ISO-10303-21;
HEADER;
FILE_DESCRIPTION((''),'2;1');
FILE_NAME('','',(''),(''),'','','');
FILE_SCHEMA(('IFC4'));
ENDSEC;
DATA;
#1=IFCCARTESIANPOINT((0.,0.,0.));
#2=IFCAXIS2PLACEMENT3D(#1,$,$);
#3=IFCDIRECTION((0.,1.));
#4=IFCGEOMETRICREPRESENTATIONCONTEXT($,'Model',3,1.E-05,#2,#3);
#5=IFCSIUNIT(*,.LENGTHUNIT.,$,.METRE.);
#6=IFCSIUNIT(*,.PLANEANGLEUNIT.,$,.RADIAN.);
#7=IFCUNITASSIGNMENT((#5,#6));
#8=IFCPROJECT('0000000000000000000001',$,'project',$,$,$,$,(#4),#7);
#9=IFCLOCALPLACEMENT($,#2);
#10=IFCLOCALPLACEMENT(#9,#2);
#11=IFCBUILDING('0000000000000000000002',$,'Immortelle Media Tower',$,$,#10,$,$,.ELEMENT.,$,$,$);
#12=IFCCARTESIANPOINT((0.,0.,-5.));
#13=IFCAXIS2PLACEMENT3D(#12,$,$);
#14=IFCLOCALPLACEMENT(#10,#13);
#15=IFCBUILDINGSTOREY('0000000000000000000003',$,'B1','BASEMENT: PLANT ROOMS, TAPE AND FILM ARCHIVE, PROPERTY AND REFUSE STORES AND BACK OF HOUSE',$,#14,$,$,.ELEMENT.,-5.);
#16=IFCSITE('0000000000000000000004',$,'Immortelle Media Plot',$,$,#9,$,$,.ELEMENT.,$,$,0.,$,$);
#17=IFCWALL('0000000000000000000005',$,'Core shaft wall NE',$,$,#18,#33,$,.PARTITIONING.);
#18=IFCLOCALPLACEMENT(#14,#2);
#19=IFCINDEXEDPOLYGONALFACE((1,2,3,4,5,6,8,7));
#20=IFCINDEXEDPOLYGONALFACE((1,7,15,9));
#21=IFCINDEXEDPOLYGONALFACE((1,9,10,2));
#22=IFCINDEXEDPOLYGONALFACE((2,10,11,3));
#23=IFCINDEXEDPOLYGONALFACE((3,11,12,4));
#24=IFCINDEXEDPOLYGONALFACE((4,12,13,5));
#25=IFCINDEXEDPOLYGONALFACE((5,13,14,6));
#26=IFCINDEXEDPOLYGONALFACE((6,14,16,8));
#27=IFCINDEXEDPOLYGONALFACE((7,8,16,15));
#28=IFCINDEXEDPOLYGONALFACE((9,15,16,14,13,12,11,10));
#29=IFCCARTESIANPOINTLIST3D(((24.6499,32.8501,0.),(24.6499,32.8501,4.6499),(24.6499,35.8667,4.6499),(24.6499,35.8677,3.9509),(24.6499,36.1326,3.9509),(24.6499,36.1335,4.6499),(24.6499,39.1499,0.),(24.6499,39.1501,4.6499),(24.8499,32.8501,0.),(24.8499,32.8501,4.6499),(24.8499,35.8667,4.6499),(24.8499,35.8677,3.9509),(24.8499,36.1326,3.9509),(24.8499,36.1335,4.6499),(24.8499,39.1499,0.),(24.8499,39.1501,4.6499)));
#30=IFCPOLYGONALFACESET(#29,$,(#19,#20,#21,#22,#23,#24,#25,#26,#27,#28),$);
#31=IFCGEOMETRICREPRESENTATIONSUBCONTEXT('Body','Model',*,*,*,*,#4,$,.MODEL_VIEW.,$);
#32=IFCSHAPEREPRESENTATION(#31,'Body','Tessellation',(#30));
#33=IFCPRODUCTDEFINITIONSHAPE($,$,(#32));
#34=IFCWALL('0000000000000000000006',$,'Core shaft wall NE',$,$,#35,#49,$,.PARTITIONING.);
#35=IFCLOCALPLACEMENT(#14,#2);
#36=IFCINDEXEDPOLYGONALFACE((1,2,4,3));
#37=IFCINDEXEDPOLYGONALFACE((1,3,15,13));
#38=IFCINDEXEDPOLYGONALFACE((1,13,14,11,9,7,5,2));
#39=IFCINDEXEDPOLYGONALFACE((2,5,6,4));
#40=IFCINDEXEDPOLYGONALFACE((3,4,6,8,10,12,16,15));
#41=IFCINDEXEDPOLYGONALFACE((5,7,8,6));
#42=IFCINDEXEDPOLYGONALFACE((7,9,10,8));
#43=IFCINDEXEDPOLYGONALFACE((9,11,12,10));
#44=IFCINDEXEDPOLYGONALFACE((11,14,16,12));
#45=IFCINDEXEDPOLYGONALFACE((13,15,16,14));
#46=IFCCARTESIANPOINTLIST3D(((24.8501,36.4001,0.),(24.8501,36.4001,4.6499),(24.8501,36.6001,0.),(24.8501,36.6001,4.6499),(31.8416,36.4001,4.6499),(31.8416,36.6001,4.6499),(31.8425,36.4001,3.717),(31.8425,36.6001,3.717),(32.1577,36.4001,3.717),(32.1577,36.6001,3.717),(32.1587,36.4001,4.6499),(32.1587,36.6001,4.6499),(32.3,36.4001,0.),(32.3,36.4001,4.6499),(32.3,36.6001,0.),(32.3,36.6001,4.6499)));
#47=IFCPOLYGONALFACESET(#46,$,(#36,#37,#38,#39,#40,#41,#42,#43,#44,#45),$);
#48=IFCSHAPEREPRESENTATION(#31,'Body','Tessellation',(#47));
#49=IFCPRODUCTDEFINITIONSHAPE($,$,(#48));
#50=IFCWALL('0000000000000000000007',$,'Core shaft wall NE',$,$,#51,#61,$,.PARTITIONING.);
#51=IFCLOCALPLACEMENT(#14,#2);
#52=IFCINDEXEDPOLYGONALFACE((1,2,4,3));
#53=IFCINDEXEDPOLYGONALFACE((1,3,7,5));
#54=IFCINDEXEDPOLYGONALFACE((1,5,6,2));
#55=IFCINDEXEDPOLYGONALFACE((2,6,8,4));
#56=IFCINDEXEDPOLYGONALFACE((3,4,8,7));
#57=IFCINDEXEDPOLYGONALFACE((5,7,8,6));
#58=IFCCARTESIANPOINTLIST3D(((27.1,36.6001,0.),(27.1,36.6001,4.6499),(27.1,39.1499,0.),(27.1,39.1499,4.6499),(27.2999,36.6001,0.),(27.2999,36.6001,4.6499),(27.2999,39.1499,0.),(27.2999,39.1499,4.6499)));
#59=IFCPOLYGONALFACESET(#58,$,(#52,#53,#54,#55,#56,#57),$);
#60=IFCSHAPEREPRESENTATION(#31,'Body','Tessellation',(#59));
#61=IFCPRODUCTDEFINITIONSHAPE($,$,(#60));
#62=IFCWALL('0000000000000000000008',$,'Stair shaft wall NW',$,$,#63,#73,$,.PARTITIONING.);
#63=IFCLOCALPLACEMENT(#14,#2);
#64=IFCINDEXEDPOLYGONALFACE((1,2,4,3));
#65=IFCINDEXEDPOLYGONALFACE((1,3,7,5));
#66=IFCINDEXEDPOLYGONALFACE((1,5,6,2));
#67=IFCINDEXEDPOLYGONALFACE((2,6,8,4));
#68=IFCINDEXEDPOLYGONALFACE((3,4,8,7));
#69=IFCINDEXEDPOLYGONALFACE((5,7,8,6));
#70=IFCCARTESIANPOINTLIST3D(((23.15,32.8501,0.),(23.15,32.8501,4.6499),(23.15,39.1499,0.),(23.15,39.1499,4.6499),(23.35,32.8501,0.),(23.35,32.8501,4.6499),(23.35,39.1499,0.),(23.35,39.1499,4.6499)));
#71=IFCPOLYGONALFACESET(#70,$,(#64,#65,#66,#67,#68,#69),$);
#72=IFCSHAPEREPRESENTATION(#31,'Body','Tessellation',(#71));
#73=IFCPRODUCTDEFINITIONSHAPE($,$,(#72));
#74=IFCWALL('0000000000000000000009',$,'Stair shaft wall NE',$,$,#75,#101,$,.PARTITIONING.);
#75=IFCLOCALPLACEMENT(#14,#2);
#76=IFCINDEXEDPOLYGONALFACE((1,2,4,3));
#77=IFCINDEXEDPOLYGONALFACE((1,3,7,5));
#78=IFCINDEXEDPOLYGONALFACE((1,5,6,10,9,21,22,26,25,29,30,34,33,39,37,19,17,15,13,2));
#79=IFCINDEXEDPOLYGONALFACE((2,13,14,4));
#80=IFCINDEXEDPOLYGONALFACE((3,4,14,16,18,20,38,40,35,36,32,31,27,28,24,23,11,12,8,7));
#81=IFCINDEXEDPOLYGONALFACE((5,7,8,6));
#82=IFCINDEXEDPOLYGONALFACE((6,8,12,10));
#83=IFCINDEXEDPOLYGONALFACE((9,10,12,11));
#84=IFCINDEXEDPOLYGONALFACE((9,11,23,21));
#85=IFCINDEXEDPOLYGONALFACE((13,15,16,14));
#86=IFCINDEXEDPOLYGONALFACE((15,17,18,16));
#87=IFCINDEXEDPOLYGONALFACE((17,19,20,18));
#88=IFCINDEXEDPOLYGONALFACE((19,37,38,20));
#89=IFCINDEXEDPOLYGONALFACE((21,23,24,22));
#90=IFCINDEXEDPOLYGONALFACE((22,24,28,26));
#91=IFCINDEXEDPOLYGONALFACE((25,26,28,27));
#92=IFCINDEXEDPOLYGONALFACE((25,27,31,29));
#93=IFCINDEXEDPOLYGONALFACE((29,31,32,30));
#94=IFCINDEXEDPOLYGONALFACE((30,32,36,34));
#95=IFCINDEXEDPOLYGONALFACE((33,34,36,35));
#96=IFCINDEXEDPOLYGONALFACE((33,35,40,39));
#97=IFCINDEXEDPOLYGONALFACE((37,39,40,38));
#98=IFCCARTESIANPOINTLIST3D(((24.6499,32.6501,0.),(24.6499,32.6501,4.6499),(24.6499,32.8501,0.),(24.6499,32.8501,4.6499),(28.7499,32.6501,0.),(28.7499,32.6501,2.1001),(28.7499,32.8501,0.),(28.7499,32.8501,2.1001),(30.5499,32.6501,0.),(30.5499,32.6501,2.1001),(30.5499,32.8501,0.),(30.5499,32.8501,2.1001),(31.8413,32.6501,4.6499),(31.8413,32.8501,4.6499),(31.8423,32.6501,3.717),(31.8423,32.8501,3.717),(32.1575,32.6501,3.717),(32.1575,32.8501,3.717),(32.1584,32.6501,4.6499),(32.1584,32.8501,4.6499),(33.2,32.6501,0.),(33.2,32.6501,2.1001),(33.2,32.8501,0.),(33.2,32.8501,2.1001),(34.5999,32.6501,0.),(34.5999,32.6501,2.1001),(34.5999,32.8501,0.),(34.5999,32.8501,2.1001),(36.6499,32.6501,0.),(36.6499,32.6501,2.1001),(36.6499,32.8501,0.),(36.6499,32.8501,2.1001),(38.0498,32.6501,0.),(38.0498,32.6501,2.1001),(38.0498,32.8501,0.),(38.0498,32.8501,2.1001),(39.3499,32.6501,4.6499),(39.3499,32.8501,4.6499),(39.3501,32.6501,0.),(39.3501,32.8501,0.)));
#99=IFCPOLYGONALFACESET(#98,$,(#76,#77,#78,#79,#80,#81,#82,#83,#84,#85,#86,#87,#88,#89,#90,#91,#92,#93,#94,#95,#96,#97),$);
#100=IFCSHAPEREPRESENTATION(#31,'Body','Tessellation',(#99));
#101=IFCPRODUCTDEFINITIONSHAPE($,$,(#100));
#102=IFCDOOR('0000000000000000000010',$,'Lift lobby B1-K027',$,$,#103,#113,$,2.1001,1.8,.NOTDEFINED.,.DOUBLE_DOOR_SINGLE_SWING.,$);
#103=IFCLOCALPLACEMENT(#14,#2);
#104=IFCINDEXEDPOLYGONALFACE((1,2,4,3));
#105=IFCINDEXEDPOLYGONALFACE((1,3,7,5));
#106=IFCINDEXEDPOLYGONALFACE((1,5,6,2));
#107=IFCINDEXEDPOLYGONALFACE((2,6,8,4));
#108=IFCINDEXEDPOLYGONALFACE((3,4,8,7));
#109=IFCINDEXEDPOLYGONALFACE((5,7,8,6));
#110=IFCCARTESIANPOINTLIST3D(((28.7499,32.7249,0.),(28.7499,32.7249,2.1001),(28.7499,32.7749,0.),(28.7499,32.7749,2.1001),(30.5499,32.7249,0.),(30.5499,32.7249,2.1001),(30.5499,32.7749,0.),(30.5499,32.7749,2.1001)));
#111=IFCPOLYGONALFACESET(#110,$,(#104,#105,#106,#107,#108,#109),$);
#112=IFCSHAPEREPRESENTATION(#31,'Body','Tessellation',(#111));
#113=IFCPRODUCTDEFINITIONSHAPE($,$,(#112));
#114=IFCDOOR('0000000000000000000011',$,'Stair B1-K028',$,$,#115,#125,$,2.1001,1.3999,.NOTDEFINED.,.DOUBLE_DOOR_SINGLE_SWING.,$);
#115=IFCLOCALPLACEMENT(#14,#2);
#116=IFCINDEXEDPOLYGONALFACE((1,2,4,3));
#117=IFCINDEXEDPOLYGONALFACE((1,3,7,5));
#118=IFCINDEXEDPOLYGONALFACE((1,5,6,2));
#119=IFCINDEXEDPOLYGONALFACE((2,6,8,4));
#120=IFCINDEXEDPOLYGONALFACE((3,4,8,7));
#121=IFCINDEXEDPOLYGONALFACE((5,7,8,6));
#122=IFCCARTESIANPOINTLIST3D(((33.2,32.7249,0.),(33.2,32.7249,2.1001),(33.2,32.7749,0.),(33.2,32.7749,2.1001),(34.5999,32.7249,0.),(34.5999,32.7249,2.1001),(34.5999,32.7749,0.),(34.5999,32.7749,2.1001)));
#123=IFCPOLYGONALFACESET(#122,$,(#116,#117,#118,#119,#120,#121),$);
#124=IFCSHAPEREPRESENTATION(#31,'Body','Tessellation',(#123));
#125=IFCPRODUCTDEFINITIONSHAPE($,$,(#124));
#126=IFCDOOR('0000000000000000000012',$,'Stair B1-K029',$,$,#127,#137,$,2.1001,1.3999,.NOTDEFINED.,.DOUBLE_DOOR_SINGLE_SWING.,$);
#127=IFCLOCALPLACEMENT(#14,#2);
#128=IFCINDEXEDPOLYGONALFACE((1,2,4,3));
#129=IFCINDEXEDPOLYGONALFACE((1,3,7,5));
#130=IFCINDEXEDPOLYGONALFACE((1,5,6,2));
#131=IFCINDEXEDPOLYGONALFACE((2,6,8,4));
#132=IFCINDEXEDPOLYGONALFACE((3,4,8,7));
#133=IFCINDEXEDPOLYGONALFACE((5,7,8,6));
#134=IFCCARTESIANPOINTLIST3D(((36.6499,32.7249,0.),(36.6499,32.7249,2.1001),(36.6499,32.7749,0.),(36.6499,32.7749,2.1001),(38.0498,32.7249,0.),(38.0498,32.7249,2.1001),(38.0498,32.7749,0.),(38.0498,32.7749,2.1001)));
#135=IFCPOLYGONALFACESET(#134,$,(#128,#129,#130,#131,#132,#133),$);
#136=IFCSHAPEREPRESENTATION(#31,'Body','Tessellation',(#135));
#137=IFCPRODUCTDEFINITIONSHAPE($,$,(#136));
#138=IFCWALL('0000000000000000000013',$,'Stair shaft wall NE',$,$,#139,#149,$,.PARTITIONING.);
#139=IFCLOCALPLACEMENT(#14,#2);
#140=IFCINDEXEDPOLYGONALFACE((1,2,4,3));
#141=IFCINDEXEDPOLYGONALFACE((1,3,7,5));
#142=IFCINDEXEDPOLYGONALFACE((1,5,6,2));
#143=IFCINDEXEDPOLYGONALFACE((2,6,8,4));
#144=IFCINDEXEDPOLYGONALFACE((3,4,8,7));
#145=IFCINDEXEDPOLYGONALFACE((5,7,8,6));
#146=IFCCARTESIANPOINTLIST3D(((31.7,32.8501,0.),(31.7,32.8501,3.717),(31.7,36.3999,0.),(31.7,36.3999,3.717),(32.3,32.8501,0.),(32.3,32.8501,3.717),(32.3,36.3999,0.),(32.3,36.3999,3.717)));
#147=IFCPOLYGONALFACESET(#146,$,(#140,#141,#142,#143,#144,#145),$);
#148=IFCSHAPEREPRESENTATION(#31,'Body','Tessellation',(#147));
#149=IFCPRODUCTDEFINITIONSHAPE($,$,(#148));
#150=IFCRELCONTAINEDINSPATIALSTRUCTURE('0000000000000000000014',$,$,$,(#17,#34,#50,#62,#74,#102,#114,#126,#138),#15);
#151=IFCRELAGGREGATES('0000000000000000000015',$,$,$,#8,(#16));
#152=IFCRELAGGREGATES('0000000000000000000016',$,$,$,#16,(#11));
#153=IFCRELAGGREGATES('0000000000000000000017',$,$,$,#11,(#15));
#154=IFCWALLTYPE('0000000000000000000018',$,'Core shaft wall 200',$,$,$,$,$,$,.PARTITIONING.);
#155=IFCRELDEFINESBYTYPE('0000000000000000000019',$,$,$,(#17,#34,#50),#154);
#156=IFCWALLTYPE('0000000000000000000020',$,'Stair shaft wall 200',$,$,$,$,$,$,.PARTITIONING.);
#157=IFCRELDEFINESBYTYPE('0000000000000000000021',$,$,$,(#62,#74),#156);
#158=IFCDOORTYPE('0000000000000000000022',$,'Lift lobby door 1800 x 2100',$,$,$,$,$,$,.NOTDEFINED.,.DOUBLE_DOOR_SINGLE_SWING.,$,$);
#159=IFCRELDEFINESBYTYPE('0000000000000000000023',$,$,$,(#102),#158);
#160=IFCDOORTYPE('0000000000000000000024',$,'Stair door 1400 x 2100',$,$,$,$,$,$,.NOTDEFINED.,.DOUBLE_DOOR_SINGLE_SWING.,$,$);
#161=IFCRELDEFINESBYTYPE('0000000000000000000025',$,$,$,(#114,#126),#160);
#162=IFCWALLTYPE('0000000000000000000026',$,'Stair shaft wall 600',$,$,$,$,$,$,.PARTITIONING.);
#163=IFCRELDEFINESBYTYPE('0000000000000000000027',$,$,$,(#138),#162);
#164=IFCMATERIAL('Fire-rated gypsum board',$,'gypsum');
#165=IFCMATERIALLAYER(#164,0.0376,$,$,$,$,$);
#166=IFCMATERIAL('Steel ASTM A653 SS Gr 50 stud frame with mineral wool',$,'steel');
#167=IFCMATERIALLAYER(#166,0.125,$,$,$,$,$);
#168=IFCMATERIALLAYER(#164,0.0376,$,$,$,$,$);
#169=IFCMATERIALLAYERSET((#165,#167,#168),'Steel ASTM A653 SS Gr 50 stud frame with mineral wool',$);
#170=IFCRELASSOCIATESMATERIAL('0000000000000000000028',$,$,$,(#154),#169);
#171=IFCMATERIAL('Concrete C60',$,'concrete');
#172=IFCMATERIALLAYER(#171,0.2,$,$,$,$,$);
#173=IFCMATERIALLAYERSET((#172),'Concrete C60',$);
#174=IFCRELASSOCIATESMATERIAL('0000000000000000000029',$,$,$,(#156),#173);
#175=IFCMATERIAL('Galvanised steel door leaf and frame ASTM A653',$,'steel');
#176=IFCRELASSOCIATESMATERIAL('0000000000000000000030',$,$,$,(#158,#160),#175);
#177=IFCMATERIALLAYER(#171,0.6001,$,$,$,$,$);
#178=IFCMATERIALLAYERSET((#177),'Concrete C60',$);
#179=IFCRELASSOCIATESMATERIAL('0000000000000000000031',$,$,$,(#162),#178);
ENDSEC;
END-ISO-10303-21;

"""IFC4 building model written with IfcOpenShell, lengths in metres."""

from ifc_helpers import new_model, si_unit, direction, frame, frame_2d, origin, place, context, subcontext, project, spatial, polyline, rectangle, outline, extrude, material, layer, layer_set, type_object, element, fill, save


model = new_model("IFC4")

# Units and contexts
model_context = context("Model", 3, precision=1e-05, world=origin(), true_north=direction((0.0, 1.0)))
body_context = subcontext(model_context, "Body", "Model", "MODEL_VIEW")
ifc_project = project(units=[si_unit("LENGTHUNIT", "METRE"), si_unit("PLANEANGLEUNIT", "RADIAN")], contexts=[model_context])

# Site, building, storey
site_placement = place(None, origin())
site = spatial("IfcSite", under=ifc_project, at=site_placement, Name="Immortelle Media Plot", CompositionType="ELEMENT", RefElevation=0.0)
building_placement = place(site_placement, origin())
building = spatial("IfcBuilding", under=site, at=building_placement, Name="Immortelle Media Tower", CompositionType="ELEMENT")
storey_placement = place(building_placement, frame((0.0, 0.0, -5.0)))
storey = spatial("IfcBuildingStorey", under=building, at=storey_placement, Name="B1", Description="BASEMENT: PLANT ROOMS, TAPE AND FILM ARCHIVE, PROPERTY AND REFUSE STORES AND BACK OF HOUSE", CompositionType="ELEMENT", Elevation=-5.0)

# Shared definitions
ifc_material_1 = material(Name="Concrete C60", Category="concrete")

# Shared definitions
ifc_material_2 = material(Name="Fire-rated gypsum board", Category="gypsum")
ifc_material_3 = material(Name="Steel ASTM A653 SS Gr 50 stud frame with mineral wool", Category="steel")

# Shared definitions
ifc_material_4 = material(Name="Galvanised steel door leaf and frame ASTM A653", Category="steel")

# Walls
ifc_layer_1 = layer(ifc_material_2, 0.0376)
ifc_layer_2 = layer(ifc_material_3, 0.125)
ifc_layer_3 = layer(ifc_material_2, 0.0376)
ifc_layer_set_1 = layer_set([ifc_layer_1, ifc_layer_2, ifc_layer_3], Name="Steel ASTM A653 SS Gr 50 stud frame with mineral wool")
wall_type_1 = type_object("IfcWallType", Name="Core shaft wall 200", PredefinedType="PARTITIONING", material=ifc_layer_set_1)
wall_1_placement = place(storey_placement, frame((24.75, 32.8501, 0.0), z_axis=(0.0, 0.0, 1.0), x_axis=(0.0, 1.0, 0.0)))
element("IfcWall", 1, at=wall_1_placement, inside=storey, type_object=wall_type_1, Name="Core shaft wall NE", PredefinedType="PARTITIONING", context=body_context, shape_type="SweptSolid", body=[
    extrude(outline(polyline([(0.0, 0.0), (6.2998, 0.0), (6.3, 4.6499), (3.2834, 4.6499), (3.2825, 3.9509), (3.0176, 3.9509), (3.0166, 4.6499), (0.0, 4.6499), (0.0, 0.0)])), frame((0.0, 0.1001, 0.0), z_axis=(0.0, -1.0, 0.0), x_axis=(1.0, 0.0, 0.0)), (0.0, 0.0, 1.0), 0.2),
])
wall_2_placement = place(storey_placement, frame((24.8501, 36.5, 0.0), z_axis=(0.0, 0.0, 1.0), x_axis=(1.0, 0.0, 0.0)))
element("IfcWall", 2, at=wall_2_placement, inside=storey, type_object=wall_type_1, Name="Core shaft wall NE", PredefinedType="PARTITIONING", context=body_context, shape_type="SweptSolid", body=[
    extrude(outline(polyline([(0.0, 0.0), (7.45, 0.0), (7.45, 4.6499), (7.3086, 4.6499), (7.3076, 3.717), (6.9924, 3.717), (6.9915, 4.6499), (0.0, 4.6499), (0.0, 0.0)])), frame((0.0, 0.1001, 0.0), z_axis=(0.0, -1.0, 0.0), x_axis=(1.0, 0.0, 0.0)), (0.0, 0.0, 1.0), 0.2),
])
wall_3_placement = place(storey_placement, frame((27.2, 36.6001, 0.0), z_axis=(0.0, 0.0, 1.0), x_axis=(0.0, 1.0, 0.0)))
element("IfcWall", 3, at=wall_3_placement, inside=storey, type_object=wall_type_1, Name="Core shaft wall NE", PredefinedType="PARTITIONING", context=body_context, shape_type="SweptSolid", body=[
    extrude(rectangle(XDim=2.5498, YDim=0.2, at=frame_2d((1.2749, 0.0))), origin(), (0.0, 0.0, 1.0), 4.6499),
])
ifc_layer_4 = layer(ifc_material_1, 0.2)
ifc_layer_set_2 = layer_set([ifc_layer_4], Name="Concrete C60")
wall_type_2 = type_object("IfcWallType", Name="Stair shaft wall 200", PredefinedType="PARTITIONING", material=ifc_layer_set_2)
wall_4_placement = place(storey_placement, frame((23.25, 32.8501, 0.0), z_axis=(0.0, 0.0, 1.0), x_axis=(0.0, 1.0, 0.0)))
element("IfcWall", 4, at=wall_4_placement, inside=storey, type_object=wall_type_2, Name="Stair shaft wall NW", PredefinedType="PARTITIONING", context=body_context, shape_type="SweptSolid", body=[
    extrude(rectangle(XDim=6.2998, YDim=0.2, at=frame_2d((3.1499, 0.0))), origin(), (0.0, 0.0, 1.0), 4.6499),
])

# Wall, openings, doors
wall_5_placement = place(storey_placement, frame((24.6499, 32.75, 0.0), z_axis=(0.0, 0.0, 1.0), x_axis=(1.0, 0.0, 0.0)))
wall_5 = element("IfcWall", 5, at=wall_5_placement, inside=storey, type_object=wall_type_2, Name="Stair shaft wall NE", PredefinedType="PARTITIONING", context=body_context, shape_type="SweptSolid", body=[
    extrude(outline(polyline([(0.0, 0.0), (14.7002, 0.0), (14.7, 4.6499), (7.5085, 4.6499), (7.5076, 3.717), (7.1924, 3.717), (7.1914, 4.6499), (0.0, 4.6499), (0.0, 0.0)])), frame((0.0, 0.1001, 0.0), z_axis=(0.0, -1.0, 0.0), x_axis=(1.0, 0.0, 0.0)), (0.0, 0.0, 1.0), 0.2),
])
opening_1_placement = place(wall_5_placement, frame((4.1001, 0.0, 0.0)))
opening_1 = element("IfcOpeningElement", 6, at=opening_1_placement, cuts=wall_5, PredefinedType="OPENING", context=body_context, shape_type="SweptSolid", body=[
    extrude(rectangle(XDim=1.8, YDim=2.1001, at=frame_2d((0.8999, 1.05))), frame((0.0, 0.1099, 0.0), z_axis=(0.0, -1.0, 0.0), x_axis=(1.0, 0.0, 0.0)), (0.0, 0.0, 1.0), 0.22),
])
opening_2_placement = place(wall_5_placement, frame((8.55, 0.0, 0.0)))
opening_2 = element("IfcOpeningElement", 7, at=opening_2_placement, cuts=wall_5, PredefinedType="OPENING", context=body_context, shape_type="SweptSolid", body=[
    extrude(rectangle(XDim=1.3999, YDim=2.1001, at=frame_2d((0.7, 1.05))), frame((0.0, 0.1099, 0.0), z_axis=(0.0, -1.0, 0.0), x_axis=(1.0, 0.0, 0.0)), (0.0, 0.0, 1.0), 0.22),
])
opening_3_placement = place(wall_5_placement, frame((12.0, 0.0, 0.0)))
opening_3 = element("IfcOpeningElement", 8, at=opening_3_placement, cuts=wall_5, PredefinedType="OPENING", context=body_context, shape_type="SweptSolid", body=[
    extrude(rectangle(XDim=1.3999, YDim=2.1001, at=frame_2d((0.7, 1.05))), frame((0.0, 0.1099, 0.0), z_axis=(0.0, -1.0, 0.0), x_axis=(1.0, 0.0, 0.0)), (0.0, 0.0, 1.0), 0.22),
])
door_type_1 = type_object("IfcDoorType", Name="Lift lobby door 1800 x 2100", OperationType="DOUBLE_DOOR_SINGLE_SWING", PredefinedType="NOTDEFINED", material=ifc_material_4)
door_1_placement = place(opening_1_placement, origin())
door_1 = element("IfcDoor", 9, at=door_1_placement, inside=storey, type_object=door_type_1, Name="Lift lobby B1-K027", OperationType="DOUBLE_DOOR_SINGLE_SWING", OverallHeight=2.1001, OverallWidth=1.8, PredefinedType="NOTDEFINED", context=body_context, shape_type="SweptSolid", body=[
    extrude(rectangle(XDim=1.8, YDim=2.1001, at=frame_2d((0.8999, 1.05))), frame((0.0, 0.0249, 0.0), z_axis=(0.0, -1.0, 0.0), x_axis=(1.0, 0.0, 0.0)), (0.0, 0.0, 1.0), 0.05),
])
fill(opening_1, door_1)
door_type_2 = type_object("IfcDoorType", Name="Stair door 1400 x 2100", OperationType="DOUBLE_DOOR_SINGLE_SWING", PredefinedType="NOTDEFINED", material=ifc_material_4)
door_2_placement = place(opening_2_placement, origin())
door_2 = element("IfcDoor", 10, at=door_2_placement, inside=storey, type_object=door_type_2, Name="Stair B1-K028", OperationType="DOUBLE_DOOR_SINGLE_SWING", OverallHeight=2.1001, OverallWidth=1.3999, PredefinedType="NOTDEFINED", context=body_context, shape_type="SweptSolid", body=[
    extrude(rectangle(XDim=1.3999, YDim=2.1001, at=frame_2d((0.7, 1.05))), frame((0.0, 0.0249, 0.0), z_axis=(0.0, -1.0, 0.0), x_axis=(1.0, 0.0, 0.0)), (0.0, 0.0, 1.0), 0.05),
])
fill(opening_2, door_2)
door_3_placement = place(opening_3_placement, origin())
door_3 = element("IfcDoor", 11, at=door_3_placement, inside=storey, type_object=door_type_2, Name="Stair B1-K029", OperationType="DOUBLE_DOOR_SINGLE_SWING", OverallHeight=2.1001, OverallWidth=1.3999, PredefinedType="NOTDEFINED", context=body_context, shape_type="SweptSolid", body=[
    extrude(rectangle(XDim=1.3999, YDim=2.1001, at=frame_2d((0.7, 1.05))), frame((0.0, 0.0249, 0.0), z_axis=(0.0, -1.0, 0.0), x_axis=(1.0, 0.0, 0.0)), (0.0, 0.0, 1.0), 0.05),
])
fill(opening_3, door_3)

# Wall
ifc_layer_5 = layer(ifc_material_1, 0.6001)
ifc_layer_set_3 = layer_set([ifc_layer_5], Name="Concrete C60")
wall_type_3 = type_object("IfcWallType", Name="Stair shaft wall 600", PredefinedType="PARTITIONING", material=ifc_layer_set_3)
wall_6_placement = place(storey_placement, frame((32.0, 32.8501, 0.0), z_axis=(0.0, 0.0, 1.0), x_axis=(0.0, 1.0, 0.0)))
element("IfcWall", 12, at=wall_6_placement, inside=storey, type_object=wall_type_3, Name="Stair shaft wall NE", PredefinedType="PARTITIONING", context=body_context, shape_type="SweptSolid", body=[
    extrude(rectangle(XDim=3.5498, YDim=0.6001, at=frame_2d((1.7749, 0.0))), origin(), (0.0, 0.0, 1.0), 3.717),
])

save(model, "model.ifc")
